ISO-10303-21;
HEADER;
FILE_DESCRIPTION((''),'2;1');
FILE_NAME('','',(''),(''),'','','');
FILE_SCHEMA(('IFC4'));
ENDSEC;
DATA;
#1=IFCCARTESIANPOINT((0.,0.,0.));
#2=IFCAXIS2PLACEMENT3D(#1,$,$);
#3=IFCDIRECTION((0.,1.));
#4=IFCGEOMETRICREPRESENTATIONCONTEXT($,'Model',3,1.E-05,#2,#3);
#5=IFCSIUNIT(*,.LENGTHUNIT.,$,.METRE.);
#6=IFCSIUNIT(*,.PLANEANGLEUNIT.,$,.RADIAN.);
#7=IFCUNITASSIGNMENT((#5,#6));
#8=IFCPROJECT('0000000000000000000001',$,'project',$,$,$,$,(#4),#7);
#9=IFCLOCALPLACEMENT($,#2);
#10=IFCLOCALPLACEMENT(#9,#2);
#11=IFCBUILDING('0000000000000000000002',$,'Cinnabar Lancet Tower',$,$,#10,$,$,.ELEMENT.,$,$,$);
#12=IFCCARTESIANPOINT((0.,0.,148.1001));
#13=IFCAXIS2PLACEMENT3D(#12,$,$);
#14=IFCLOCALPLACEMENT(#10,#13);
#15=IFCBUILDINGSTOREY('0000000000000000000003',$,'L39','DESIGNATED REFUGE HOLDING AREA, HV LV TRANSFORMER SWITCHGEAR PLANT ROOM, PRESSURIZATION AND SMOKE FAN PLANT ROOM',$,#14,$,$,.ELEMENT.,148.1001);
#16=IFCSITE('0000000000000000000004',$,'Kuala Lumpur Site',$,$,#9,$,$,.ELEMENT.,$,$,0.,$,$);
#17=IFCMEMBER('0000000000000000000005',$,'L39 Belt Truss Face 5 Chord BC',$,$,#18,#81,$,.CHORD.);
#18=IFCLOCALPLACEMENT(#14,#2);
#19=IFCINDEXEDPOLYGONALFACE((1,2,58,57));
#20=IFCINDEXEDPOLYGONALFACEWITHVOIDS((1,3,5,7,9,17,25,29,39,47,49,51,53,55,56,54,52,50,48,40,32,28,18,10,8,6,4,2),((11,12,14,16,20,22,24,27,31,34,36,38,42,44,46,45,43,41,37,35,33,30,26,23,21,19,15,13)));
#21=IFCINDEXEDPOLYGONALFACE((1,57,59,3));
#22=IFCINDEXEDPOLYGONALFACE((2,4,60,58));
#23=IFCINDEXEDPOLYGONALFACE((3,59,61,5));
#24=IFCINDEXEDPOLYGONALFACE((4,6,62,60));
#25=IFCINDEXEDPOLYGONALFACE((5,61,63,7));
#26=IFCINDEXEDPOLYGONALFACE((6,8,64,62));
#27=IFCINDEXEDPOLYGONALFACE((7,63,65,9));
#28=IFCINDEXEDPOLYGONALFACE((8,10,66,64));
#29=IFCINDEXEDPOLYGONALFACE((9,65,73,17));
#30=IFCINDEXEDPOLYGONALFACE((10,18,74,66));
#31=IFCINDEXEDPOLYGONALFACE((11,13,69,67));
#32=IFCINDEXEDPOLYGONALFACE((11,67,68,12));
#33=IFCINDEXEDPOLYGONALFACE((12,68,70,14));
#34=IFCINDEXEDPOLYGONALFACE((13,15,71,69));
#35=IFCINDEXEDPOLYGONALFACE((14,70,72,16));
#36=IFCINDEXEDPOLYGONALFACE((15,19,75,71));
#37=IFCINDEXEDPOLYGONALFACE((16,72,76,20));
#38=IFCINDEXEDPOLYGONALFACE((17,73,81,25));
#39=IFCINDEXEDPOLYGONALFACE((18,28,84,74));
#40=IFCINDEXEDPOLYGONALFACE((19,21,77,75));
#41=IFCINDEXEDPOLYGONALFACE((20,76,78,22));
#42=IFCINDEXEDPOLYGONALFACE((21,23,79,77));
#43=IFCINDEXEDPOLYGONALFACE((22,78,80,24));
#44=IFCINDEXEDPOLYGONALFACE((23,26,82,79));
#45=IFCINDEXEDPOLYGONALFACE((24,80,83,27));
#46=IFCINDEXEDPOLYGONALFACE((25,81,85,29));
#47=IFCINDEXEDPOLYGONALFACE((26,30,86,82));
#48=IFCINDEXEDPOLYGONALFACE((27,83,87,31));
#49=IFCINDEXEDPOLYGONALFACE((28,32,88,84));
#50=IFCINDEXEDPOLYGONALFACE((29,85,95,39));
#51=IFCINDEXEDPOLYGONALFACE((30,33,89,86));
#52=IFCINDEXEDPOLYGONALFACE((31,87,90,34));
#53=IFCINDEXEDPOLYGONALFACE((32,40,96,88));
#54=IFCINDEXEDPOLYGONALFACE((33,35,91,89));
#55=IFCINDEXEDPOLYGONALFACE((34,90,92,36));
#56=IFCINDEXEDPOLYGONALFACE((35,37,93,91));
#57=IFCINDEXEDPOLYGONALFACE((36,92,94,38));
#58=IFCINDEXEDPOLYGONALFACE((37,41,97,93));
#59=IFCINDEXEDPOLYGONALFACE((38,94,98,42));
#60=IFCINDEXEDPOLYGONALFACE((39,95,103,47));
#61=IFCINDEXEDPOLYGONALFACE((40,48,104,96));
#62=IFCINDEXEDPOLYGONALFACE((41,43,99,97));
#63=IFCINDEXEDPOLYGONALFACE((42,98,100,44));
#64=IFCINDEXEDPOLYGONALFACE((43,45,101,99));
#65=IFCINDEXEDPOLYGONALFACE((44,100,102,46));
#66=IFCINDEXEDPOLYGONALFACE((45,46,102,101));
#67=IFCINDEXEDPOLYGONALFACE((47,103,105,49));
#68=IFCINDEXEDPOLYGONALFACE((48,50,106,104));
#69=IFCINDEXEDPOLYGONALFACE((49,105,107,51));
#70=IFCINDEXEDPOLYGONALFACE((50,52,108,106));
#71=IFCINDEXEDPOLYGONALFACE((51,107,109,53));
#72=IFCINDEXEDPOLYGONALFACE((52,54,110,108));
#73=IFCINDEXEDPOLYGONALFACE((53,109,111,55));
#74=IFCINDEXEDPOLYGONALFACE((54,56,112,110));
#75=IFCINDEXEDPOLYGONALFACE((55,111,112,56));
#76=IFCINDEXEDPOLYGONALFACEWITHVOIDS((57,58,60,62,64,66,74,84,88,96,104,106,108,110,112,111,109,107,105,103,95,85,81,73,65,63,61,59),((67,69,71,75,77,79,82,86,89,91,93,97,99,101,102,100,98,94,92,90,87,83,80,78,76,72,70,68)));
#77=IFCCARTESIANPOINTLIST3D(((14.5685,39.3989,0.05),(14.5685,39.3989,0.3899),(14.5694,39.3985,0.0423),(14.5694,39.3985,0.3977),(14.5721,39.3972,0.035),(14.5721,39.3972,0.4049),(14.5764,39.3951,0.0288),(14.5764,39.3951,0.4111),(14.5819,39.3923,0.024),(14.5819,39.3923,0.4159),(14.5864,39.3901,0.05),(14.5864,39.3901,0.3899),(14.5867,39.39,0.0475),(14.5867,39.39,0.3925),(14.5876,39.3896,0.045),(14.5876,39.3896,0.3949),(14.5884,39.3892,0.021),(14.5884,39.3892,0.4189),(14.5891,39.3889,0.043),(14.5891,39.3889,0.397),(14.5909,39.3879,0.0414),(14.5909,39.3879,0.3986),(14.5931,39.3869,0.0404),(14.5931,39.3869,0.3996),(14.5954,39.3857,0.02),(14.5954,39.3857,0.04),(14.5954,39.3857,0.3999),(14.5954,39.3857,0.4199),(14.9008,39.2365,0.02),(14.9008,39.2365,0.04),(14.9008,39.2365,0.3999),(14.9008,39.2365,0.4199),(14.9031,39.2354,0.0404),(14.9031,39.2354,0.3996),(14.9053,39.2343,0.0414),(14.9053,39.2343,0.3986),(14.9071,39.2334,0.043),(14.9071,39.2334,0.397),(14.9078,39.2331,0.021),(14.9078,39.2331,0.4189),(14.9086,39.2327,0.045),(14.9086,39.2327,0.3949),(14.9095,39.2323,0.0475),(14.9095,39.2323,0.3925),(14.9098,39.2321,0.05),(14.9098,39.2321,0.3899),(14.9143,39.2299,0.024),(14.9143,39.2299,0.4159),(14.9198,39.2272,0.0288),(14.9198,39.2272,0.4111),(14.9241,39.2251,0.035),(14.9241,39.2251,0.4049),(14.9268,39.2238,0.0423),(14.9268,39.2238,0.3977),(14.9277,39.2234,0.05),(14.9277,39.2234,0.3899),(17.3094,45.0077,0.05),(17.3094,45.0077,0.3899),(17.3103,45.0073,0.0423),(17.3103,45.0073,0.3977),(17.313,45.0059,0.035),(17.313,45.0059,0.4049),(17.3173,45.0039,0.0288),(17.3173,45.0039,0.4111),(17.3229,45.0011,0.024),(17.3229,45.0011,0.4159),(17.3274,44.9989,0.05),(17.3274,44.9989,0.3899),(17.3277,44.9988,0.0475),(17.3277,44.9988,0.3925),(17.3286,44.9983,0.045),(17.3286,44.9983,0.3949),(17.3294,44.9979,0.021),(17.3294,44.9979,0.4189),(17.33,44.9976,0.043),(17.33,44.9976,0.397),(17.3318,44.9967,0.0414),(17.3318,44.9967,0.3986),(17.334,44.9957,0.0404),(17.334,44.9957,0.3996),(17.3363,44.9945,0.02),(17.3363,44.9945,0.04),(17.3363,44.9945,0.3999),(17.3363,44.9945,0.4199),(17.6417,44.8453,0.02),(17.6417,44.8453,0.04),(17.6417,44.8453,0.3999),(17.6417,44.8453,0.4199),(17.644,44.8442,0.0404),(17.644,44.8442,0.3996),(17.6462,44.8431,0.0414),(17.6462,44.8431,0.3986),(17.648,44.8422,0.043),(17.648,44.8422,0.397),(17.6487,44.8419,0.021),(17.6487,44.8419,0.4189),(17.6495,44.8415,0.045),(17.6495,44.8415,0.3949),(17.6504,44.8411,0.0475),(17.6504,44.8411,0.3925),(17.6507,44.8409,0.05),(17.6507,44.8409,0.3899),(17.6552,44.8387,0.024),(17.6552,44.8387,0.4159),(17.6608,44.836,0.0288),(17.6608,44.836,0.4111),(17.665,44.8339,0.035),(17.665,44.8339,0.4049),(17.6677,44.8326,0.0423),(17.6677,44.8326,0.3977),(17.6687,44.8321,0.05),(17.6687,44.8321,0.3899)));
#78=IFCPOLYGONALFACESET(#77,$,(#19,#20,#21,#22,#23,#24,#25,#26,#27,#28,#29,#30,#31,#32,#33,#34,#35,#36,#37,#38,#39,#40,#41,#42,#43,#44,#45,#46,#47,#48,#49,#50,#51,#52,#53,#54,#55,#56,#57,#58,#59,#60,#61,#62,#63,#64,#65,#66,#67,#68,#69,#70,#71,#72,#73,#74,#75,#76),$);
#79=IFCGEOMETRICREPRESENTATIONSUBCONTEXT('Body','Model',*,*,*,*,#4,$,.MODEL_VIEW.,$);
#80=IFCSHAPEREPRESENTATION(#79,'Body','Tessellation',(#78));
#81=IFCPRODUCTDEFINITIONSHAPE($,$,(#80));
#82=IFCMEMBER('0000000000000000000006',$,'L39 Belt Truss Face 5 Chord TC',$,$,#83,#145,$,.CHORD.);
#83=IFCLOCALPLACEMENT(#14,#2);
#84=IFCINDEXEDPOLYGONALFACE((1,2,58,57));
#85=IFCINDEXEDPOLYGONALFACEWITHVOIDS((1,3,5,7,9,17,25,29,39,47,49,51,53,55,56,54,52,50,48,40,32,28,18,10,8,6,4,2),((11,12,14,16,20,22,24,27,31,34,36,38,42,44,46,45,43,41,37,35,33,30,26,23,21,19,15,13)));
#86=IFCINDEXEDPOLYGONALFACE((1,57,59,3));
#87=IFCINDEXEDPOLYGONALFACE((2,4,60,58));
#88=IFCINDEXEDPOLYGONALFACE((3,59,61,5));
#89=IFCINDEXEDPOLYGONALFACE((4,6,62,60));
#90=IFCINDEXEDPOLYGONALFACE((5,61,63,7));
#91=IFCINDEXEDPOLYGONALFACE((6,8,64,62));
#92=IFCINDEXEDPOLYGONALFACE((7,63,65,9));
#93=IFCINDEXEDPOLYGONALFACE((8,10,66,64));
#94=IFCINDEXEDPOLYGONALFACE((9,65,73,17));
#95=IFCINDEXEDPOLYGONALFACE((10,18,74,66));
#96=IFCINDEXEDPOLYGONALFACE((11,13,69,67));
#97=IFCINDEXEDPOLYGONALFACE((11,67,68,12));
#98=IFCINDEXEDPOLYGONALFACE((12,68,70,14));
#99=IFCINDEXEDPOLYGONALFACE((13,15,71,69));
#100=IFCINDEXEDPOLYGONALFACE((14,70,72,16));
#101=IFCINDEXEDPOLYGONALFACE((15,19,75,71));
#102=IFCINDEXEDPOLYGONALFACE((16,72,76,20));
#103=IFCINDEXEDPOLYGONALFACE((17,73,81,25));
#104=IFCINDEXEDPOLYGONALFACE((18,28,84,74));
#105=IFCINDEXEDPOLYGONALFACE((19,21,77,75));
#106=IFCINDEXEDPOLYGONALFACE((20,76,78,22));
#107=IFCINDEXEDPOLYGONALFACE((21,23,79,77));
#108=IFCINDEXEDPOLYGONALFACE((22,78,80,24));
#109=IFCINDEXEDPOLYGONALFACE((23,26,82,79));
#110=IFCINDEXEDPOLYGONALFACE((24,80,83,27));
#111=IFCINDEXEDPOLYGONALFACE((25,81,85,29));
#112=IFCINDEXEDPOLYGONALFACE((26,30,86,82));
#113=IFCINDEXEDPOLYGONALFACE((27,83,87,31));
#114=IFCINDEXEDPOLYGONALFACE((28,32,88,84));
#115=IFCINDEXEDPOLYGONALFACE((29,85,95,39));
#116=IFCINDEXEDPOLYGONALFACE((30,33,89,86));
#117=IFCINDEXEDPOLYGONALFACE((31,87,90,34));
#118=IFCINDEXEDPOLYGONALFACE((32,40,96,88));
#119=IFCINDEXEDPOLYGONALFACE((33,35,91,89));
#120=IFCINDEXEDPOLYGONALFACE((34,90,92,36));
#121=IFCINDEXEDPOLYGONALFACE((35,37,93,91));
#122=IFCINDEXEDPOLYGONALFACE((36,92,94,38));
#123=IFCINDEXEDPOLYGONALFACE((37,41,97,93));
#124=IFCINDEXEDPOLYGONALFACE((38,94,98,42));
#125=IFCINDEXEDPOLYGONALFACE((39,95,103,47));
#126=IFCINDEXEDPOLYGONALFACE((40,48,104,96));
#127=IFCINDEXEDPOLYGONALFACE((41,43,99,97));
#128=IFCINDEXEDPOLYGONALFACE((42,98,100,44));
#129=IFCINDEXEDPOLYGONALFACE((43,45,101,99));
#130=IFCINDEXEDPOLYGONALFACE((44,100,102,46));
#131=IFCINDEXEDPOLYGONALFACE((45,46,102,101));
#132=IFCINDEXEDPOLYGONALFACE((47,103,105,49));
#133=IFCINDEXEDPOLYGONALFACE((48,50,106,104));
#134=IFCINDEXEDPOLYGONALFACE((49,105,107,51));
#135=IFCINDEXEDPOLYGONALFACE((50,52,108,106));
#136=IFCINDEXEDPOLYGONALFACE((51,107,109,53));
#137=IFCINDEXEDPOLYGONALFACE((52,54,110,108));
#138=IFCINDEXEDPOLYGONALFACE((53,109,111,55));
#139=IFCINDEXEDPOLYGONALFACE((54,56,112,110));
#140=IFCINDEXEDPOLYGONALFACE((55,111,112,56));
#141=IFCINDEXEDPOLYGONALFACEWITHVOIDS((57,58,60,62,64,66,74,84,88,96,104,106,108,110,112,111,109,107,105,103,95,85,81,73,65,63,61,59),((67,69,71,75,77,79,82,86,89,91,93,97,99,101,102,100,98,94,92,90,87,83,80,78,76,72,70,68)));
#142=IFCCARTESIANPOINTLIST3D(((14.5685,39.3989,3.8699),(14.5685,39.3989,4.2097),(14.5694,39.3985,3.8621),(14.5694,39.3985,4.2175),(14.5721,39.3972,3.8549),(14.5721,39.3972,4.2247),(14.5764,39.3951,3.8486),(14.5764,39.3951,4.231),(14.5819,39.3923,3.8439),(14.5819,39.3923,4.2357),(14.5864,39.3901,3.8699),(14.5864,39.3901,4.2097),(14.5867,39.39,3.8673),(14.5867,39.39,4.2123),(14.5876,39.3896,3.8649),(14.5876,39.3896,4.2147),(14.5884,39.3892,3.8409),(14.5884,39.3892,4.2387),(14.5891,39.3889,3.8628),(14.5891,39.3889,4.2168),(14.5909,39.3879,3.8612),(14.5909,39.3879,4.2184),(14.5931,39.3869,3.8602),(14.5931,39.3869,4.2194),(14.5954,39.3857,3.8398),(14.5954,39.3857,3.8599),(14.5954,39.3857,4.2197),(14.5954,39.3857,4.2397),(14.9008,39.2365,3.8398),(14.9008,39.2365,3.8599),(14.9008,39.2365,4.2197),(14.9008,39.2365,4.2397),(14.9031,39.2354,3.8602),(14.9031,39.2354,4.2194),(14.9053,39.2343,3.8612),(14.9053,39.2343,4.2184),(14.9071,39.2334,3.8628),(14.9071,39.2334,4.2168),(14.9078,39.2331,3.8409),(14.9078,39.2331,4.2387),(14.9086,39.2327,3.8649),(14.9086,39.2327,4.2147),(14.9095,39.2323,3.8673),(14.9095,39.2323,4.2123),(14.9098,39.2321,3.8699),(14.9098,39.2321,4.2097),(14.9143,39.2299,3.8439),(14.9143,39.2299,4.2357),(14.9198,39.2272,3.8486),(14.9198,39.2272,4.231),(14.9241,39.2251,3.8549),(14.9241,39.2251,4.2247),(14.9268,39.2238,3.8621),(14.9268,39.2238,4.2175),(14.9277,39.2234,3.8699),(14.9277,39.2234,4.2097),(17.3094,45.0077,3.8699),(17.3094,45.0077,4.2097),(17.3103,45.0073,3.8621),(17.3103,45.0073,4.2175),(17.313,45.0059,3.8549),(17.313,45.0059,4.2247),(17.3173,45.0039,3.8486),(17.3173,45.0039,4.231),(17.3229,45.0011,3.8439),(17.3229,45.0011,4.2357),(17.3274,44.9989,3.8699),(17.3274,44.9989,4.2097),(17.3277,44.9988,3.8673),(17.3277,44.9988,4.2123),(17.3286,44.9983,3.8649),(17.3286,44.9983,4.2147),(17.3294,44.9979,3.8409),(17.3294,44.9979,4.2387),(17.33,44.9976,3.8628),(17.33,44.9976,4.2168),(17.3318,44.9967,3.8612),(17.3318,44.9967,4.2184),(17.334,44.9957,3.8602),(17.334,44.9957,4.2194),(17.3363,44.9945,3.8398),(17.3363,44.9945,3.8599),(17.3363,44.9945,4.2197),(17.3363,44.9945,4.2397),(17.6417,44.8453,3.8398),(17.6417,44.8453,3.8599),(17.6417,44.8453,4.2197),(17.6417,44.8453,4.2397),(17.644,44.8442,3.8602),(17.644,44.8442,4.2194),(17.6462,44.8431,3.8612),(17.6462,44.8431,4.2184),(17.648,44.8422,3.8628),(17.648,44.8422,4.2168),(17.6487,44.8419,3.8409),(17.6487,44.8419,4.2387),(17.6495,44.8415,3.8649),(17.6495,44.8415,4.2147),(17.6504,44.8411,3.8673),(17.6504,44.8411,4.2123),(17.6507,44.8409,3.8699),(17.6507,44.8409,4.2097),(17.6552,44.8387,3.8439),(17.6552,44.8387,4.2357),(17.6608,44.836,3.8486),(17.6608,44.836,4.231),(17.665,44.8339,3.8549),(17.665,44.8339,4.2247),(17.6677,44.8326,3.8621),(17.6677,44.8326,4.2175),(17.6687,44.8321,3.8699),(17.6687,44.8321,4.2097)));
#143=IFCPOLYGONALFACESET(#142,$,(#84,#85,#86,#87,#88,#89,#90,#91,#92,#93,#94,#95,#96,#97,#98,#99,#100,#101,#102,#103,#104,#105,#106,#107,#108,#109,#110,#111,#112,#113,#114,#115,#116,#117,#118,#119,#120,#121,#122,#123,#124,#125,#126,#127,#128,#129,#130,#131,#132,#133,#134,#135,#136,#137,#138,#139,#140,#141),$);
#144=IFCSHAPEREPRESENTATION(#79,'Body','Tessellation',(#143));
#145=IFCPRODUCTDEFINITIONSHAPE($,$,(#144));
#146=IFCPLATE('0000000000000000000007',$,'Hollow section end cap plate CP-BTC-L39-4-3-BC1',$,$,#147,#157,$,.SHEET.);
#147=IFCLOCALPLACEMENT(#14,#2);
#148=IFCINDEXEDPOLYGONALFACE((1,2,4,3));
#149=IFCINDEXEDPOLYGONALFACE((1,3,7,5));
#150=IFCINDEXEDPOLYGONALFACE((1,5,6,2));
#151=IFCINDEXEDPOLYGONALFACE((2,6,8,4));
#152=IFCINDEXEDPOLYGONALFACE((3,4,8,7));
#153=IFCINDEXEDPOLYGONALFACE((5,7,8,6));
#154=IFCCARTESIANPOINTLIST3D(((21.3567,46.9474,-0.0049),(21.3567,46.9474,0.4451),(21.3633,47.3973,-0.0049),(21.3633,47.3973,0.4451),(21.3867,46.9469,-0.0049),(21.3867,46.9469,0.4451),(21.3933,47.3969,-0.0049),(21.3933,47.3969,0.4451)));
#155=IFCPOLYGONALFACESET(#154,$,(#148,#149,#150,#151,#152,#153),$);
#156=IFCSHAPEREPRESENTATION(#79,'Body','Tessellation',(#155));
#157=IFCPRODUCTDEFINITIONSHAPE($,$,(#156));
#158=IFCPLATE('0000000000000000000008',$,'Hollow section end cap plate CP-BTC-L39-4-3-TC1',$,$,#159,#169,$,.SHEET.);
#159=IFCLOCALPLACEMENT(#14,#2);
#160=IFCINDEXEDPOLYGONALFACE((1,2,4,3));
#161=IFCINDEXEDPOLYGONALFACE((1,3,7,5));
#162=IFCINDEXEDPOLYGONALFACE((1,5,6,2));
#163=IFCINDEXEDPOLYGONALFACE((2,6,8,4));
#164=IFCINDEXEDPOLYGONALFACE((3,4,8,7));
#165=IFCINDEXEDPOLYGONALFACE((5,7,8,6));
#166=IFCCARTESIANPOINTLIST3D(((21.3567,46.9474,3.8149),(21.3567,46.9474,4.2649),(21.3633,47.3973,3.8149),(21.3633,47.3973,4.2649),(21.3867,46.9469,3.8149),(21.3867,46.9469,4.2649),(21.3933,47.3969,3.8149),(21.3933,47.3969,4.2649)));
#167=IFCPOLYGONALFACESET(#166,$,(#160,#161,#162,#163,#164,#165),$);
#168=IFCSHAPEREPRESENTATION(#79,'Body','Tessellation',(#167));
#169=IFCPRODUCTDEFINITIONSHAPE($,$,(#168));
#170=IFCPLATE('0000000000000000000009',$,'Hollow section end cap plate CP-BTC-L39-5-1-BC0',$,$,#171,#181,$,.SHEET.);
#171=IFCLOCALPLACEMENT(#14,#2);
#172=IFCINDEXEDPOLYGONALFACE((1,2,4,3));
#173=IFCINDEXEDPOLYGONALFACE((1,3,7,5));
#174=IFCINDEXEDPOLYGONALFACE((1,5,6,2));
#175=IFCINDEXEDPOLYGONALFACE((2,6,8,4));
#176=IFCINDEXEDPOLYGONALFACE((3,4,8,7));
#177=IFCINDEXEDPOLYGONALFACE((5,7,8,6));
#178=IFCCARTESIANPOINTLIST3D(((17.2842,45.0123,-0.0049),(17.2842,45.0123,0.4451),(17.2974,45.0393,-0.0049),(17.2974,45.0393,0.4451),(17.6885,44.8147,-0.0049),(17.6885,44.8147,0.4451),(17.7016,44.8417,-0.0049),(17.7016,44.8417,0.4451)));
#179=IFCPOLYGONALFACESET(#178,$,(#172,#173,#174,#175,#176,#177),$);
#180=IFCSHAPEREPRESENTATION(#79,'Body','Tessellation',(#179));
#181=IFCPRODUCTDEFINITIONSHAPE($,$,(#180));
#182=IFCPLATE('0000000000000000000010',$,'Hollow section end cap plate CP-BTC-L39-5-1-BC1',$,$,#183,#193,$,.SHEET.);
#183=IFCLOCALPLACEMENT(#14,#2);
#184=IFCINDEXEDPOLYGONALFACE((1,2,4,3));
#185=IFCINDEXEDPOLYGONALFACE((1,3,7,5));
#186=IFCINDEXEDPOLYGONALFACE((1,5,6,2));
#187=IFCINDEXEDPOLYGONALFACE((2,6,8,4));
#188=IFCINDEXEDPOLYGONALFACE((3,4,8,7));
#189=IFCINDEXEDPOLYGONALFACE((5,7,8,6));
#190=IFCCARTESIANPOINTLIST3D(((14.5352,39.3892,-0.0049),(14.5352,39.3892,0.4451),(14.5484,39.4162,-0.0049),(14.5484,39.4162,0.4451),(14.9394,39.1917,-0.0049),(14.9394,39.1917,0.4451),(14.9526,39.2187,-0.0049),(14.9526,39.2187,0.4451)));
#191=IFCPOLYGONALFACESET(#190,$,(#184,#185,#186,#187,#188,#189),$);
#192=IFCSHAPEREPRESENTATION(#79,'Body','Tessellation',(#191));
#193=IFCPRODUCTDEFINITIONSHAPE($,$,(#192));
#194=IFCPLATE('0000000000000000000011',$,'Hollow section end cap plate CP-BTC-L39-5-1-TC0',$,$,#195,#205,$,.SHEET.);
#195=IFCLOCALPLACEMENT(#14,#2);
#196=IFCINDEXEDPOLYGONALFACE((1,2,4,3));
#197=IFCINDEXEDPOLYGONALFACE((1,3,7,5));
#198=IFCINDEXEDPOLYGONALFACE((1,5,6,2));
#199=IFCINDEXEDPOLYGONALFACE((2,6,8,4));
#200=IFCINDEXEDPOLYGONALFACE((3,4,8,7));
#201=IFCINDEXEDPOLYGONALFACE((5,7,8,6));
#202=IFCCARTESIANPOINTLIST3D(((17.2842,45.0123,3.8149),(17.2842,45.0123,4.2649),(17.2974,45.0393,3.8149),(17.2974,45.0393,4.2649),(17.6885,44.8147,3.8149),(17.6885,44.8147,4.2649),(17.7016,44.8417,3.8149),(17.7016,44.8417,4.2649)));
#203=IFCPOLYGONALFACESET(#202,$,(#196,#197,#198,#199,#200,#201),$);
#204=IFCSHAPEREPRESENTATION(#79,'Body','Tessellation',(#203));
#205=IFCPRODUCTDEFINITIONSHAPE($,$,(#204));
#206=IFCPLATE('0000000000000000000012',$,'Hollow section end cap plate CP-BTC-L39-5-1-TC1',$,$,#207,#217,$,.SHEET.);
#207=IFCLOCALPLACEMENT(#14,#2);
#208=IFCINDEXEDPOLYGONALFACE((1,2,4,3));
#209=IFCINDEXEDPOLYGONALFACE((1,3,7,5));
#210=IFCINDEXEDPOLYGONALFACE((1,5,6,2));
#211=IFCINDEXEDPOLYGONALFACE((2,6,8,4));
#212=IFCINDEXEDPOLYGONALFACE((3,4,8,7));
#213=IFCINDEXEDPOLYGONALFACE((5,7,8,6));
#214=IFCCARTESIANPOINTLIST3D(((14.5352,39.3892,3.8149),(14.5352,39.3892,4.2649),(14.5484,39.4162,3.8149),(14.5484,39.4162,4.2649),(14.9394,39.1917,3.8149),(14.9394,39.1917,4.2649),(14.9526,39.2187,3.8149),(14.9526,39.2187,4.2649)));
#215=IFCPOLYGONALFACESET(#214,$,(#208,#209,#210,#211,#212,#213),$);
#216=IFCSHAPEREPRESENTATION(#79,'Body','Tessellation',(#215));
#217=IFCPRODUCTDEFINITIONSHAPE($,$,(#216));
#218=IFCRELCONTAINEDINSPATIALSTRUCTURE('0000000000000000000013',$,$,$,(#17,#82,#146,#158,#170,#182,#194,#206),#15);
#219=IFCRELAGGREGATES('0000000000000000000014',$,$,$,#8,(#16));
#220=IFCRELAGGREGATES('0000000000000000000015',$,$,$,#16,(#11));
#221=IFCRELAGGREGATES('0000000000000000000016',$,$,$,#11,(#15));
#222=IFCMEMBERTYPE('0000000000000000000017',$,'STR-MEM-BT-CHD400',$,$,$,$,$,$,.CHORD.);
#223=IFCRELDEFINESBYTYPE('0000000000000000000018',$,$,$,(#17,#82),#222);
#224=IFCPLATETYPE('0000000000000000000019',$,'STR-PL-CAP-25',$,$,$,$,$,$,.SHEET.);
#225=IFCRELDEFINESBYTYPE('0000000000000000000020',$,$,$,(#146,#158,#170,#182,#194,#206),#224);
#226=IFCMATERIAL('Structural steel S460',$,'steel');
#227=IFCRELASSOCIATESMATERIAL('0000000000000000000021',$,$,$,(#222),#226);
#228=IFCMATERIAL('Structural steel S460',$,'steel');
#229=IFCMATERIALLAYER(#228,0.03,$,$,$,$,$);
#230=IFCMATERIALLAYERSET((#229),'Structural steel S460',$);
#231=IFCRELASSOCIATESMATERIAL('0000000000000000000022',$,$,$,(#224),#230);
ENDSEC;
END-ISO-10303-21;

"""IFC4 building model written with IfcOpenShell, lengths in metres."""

from ifc_helpers import new_model, si_unit, direction, frame, origin, origin_2d, place, context, subcontext, project, spatial, rectangle, hollow_rectangle, extrude, material, layer, layer_set, material_profile, profile_set, type_object, element, save


model = new_model("IFC4")

# Units and contexts
model_context = context("Model", 3, precision=1e-05, world=origin(), true_north=direction((0.0, 1.0)))
body_context = subcontext(model_context, "Body", "Model", "MODEL_VIEW")
ifc_project = project(units=[si_unit("LENGTHUNIT", "METRE"), si_unit("PLANEANGLEUNIT", "RADIAN")], contexts=[model_context])

# Site, building, storey
site_placement = place(None, origin())
site = spatial("IfcSite", under=ifc_project, at=site_placement, Name="Kuala Lumpur Site", CompositionType="ELEMENT", RefElevation=0.0)
building_placement = place(site_placement, origin())
building = spatial("IfcBuilding", under=site, at=building_placement, Name="Cinnabar Lancet Tower", CompositionType="ELEMENT")
storey_placement = place(building_placement, frame((0.0, 0.0, 148.1001)))
storey = spatial("IfcBuildingStorey", under=building, at=storey_placement, Name="L39", Description="DESIGNATED REFUGE HOLDING AREA, HV LV TRANSFORMER SWITCHGEAR PLANT ROOM, PRESSURIZATION AND SMOKE FAN PLANT ROOM", CompositionType="ELEMENT", Elevation=148.1001)

# Members
ifc_material_1 = material(Name="Structural steel S460", Category="steel")
ifc_material_profile_1 = material_profile(ifc_material_1, hollow_rectangle(XDim=0.3999, YDim=0.3999, WallThickness=0.02, InnerFilletRadius=0.01, OuterFilletRadius=0.03, at=origin_2d()), Name="SHS 400x400x20")
ifc_profile_set_1 = profile_set([ifc_material_profile_1], Name="Structural steel S460")
member_type_1 = type_object("IfcMemberType", Name="STR-MEM-BT-CHD400", PredefinedType="CHORD", material=ifc_profile_set_1)
for number, where, z_axis, x_axis, name in (
    (1, (17.489, 44.9199, 0.22), (-0.439061, -0.898457, 0.0), (0.898457, -0.439061, 0.0), "L39 Belt Truss Face 5 Chord BC"),
    (2, (17.489, 44.9199, 4.0398), (-0.439061, -0.898457, 0.0), (0.898457, -0.439061, 0.0), "L39 Belt Truss Face 5 Chord TC"),
):
    element("IfcMember", number, at=place(storey_placement, frame(where, z_axis=z_axis, x_axis=x_axis)), inside=storey, type_object=member_type_1, Name=name, PredefinedType="CHORD", context=body_context, shape_type="SweptSolid", body=[
        extrude(hollow_rectangle(XDim=0.3999, YDim=0.3999, WallThickness=0.02, InnerFilletRadius=0.01, OuterFilletRadius=0.03, at=origin_2d()), origin(), (0.0, 0.0, 1.0), 6.2427),
    ])

# Plates
ifc_material_2 = material(Name="Structural steel S460", Category="steel")
ifc_layer_1 = layer(ifc_material_2, 0.03)
ifc_layer_set_1 = layer_set([ifc_layer_1], Name="Structural steel S460")
plate_type = type_object("IfcPlateType", Name="STR-PL-CAP-25", PredefinedType="SHEET", material=ifc_layer_set_1)
for number, where, z_axis, x_axis, name in (
    (3, (21.375, 47.1721, -0.0049), (0.0, 0.0, 1.0), (-0.999894, 0.014556, 0.0), "Hollow section end cap plate CP-BTC-L39-4-3-BC1"),
    (4, (21.375, 47.1721, 3.8149), (0.0, 0.0, 1.0), (-0.999894, 0.014556, 0.0), "Hollow section end cap plate CP-BTC-L39-4-3-TC1"),
    (5, (17.4929, 44.927, -0.0049), (0.0, 0.0, 1.0), (0.439061, 0.898457, 0.0), "Hollow section end cap plate CP-BTC-L39-5-1-BC0"),
    (6, (14.7439, 39.304, -0.0049), (0.0, 0.0, 1.0), (-0.439061, -0.898457, 0.0), "Hollow section end cap plate CP-BTC-L39-5-1-BC1"),
    (7, (17.4929, 44.927, 3.8149), (0.0, 0.0, 1.0), (0.439061, 0.898457, 0.0), "Hollow section end cap plate CP-BTC-L39-5-1-TC0"),
    (8, (14.7439, 39.304, 3.8149), (0.0, 0.0, 1.0), (-0.439061, -0.898457, 0.0), "Hollow section end cap plate CP-BTC-L39-5-1-TC1"),
):
    element("IfcPlate", number, at=place(storey_placement, frame(where, z_axis=z_axis, x_axis=x_axis)), inside=storey, type_object=plate_type, Name=name, PredefinedType="SHEET", context=body_context, shape_type="SweptSolid", body=[
        extrude(rectangle(XDim=0.03, YDim=0.45, at=origin_2d()), origin(), (0.0, 0.0, 1.0), 0.45),
    ])

save(model, "model.ifc")
